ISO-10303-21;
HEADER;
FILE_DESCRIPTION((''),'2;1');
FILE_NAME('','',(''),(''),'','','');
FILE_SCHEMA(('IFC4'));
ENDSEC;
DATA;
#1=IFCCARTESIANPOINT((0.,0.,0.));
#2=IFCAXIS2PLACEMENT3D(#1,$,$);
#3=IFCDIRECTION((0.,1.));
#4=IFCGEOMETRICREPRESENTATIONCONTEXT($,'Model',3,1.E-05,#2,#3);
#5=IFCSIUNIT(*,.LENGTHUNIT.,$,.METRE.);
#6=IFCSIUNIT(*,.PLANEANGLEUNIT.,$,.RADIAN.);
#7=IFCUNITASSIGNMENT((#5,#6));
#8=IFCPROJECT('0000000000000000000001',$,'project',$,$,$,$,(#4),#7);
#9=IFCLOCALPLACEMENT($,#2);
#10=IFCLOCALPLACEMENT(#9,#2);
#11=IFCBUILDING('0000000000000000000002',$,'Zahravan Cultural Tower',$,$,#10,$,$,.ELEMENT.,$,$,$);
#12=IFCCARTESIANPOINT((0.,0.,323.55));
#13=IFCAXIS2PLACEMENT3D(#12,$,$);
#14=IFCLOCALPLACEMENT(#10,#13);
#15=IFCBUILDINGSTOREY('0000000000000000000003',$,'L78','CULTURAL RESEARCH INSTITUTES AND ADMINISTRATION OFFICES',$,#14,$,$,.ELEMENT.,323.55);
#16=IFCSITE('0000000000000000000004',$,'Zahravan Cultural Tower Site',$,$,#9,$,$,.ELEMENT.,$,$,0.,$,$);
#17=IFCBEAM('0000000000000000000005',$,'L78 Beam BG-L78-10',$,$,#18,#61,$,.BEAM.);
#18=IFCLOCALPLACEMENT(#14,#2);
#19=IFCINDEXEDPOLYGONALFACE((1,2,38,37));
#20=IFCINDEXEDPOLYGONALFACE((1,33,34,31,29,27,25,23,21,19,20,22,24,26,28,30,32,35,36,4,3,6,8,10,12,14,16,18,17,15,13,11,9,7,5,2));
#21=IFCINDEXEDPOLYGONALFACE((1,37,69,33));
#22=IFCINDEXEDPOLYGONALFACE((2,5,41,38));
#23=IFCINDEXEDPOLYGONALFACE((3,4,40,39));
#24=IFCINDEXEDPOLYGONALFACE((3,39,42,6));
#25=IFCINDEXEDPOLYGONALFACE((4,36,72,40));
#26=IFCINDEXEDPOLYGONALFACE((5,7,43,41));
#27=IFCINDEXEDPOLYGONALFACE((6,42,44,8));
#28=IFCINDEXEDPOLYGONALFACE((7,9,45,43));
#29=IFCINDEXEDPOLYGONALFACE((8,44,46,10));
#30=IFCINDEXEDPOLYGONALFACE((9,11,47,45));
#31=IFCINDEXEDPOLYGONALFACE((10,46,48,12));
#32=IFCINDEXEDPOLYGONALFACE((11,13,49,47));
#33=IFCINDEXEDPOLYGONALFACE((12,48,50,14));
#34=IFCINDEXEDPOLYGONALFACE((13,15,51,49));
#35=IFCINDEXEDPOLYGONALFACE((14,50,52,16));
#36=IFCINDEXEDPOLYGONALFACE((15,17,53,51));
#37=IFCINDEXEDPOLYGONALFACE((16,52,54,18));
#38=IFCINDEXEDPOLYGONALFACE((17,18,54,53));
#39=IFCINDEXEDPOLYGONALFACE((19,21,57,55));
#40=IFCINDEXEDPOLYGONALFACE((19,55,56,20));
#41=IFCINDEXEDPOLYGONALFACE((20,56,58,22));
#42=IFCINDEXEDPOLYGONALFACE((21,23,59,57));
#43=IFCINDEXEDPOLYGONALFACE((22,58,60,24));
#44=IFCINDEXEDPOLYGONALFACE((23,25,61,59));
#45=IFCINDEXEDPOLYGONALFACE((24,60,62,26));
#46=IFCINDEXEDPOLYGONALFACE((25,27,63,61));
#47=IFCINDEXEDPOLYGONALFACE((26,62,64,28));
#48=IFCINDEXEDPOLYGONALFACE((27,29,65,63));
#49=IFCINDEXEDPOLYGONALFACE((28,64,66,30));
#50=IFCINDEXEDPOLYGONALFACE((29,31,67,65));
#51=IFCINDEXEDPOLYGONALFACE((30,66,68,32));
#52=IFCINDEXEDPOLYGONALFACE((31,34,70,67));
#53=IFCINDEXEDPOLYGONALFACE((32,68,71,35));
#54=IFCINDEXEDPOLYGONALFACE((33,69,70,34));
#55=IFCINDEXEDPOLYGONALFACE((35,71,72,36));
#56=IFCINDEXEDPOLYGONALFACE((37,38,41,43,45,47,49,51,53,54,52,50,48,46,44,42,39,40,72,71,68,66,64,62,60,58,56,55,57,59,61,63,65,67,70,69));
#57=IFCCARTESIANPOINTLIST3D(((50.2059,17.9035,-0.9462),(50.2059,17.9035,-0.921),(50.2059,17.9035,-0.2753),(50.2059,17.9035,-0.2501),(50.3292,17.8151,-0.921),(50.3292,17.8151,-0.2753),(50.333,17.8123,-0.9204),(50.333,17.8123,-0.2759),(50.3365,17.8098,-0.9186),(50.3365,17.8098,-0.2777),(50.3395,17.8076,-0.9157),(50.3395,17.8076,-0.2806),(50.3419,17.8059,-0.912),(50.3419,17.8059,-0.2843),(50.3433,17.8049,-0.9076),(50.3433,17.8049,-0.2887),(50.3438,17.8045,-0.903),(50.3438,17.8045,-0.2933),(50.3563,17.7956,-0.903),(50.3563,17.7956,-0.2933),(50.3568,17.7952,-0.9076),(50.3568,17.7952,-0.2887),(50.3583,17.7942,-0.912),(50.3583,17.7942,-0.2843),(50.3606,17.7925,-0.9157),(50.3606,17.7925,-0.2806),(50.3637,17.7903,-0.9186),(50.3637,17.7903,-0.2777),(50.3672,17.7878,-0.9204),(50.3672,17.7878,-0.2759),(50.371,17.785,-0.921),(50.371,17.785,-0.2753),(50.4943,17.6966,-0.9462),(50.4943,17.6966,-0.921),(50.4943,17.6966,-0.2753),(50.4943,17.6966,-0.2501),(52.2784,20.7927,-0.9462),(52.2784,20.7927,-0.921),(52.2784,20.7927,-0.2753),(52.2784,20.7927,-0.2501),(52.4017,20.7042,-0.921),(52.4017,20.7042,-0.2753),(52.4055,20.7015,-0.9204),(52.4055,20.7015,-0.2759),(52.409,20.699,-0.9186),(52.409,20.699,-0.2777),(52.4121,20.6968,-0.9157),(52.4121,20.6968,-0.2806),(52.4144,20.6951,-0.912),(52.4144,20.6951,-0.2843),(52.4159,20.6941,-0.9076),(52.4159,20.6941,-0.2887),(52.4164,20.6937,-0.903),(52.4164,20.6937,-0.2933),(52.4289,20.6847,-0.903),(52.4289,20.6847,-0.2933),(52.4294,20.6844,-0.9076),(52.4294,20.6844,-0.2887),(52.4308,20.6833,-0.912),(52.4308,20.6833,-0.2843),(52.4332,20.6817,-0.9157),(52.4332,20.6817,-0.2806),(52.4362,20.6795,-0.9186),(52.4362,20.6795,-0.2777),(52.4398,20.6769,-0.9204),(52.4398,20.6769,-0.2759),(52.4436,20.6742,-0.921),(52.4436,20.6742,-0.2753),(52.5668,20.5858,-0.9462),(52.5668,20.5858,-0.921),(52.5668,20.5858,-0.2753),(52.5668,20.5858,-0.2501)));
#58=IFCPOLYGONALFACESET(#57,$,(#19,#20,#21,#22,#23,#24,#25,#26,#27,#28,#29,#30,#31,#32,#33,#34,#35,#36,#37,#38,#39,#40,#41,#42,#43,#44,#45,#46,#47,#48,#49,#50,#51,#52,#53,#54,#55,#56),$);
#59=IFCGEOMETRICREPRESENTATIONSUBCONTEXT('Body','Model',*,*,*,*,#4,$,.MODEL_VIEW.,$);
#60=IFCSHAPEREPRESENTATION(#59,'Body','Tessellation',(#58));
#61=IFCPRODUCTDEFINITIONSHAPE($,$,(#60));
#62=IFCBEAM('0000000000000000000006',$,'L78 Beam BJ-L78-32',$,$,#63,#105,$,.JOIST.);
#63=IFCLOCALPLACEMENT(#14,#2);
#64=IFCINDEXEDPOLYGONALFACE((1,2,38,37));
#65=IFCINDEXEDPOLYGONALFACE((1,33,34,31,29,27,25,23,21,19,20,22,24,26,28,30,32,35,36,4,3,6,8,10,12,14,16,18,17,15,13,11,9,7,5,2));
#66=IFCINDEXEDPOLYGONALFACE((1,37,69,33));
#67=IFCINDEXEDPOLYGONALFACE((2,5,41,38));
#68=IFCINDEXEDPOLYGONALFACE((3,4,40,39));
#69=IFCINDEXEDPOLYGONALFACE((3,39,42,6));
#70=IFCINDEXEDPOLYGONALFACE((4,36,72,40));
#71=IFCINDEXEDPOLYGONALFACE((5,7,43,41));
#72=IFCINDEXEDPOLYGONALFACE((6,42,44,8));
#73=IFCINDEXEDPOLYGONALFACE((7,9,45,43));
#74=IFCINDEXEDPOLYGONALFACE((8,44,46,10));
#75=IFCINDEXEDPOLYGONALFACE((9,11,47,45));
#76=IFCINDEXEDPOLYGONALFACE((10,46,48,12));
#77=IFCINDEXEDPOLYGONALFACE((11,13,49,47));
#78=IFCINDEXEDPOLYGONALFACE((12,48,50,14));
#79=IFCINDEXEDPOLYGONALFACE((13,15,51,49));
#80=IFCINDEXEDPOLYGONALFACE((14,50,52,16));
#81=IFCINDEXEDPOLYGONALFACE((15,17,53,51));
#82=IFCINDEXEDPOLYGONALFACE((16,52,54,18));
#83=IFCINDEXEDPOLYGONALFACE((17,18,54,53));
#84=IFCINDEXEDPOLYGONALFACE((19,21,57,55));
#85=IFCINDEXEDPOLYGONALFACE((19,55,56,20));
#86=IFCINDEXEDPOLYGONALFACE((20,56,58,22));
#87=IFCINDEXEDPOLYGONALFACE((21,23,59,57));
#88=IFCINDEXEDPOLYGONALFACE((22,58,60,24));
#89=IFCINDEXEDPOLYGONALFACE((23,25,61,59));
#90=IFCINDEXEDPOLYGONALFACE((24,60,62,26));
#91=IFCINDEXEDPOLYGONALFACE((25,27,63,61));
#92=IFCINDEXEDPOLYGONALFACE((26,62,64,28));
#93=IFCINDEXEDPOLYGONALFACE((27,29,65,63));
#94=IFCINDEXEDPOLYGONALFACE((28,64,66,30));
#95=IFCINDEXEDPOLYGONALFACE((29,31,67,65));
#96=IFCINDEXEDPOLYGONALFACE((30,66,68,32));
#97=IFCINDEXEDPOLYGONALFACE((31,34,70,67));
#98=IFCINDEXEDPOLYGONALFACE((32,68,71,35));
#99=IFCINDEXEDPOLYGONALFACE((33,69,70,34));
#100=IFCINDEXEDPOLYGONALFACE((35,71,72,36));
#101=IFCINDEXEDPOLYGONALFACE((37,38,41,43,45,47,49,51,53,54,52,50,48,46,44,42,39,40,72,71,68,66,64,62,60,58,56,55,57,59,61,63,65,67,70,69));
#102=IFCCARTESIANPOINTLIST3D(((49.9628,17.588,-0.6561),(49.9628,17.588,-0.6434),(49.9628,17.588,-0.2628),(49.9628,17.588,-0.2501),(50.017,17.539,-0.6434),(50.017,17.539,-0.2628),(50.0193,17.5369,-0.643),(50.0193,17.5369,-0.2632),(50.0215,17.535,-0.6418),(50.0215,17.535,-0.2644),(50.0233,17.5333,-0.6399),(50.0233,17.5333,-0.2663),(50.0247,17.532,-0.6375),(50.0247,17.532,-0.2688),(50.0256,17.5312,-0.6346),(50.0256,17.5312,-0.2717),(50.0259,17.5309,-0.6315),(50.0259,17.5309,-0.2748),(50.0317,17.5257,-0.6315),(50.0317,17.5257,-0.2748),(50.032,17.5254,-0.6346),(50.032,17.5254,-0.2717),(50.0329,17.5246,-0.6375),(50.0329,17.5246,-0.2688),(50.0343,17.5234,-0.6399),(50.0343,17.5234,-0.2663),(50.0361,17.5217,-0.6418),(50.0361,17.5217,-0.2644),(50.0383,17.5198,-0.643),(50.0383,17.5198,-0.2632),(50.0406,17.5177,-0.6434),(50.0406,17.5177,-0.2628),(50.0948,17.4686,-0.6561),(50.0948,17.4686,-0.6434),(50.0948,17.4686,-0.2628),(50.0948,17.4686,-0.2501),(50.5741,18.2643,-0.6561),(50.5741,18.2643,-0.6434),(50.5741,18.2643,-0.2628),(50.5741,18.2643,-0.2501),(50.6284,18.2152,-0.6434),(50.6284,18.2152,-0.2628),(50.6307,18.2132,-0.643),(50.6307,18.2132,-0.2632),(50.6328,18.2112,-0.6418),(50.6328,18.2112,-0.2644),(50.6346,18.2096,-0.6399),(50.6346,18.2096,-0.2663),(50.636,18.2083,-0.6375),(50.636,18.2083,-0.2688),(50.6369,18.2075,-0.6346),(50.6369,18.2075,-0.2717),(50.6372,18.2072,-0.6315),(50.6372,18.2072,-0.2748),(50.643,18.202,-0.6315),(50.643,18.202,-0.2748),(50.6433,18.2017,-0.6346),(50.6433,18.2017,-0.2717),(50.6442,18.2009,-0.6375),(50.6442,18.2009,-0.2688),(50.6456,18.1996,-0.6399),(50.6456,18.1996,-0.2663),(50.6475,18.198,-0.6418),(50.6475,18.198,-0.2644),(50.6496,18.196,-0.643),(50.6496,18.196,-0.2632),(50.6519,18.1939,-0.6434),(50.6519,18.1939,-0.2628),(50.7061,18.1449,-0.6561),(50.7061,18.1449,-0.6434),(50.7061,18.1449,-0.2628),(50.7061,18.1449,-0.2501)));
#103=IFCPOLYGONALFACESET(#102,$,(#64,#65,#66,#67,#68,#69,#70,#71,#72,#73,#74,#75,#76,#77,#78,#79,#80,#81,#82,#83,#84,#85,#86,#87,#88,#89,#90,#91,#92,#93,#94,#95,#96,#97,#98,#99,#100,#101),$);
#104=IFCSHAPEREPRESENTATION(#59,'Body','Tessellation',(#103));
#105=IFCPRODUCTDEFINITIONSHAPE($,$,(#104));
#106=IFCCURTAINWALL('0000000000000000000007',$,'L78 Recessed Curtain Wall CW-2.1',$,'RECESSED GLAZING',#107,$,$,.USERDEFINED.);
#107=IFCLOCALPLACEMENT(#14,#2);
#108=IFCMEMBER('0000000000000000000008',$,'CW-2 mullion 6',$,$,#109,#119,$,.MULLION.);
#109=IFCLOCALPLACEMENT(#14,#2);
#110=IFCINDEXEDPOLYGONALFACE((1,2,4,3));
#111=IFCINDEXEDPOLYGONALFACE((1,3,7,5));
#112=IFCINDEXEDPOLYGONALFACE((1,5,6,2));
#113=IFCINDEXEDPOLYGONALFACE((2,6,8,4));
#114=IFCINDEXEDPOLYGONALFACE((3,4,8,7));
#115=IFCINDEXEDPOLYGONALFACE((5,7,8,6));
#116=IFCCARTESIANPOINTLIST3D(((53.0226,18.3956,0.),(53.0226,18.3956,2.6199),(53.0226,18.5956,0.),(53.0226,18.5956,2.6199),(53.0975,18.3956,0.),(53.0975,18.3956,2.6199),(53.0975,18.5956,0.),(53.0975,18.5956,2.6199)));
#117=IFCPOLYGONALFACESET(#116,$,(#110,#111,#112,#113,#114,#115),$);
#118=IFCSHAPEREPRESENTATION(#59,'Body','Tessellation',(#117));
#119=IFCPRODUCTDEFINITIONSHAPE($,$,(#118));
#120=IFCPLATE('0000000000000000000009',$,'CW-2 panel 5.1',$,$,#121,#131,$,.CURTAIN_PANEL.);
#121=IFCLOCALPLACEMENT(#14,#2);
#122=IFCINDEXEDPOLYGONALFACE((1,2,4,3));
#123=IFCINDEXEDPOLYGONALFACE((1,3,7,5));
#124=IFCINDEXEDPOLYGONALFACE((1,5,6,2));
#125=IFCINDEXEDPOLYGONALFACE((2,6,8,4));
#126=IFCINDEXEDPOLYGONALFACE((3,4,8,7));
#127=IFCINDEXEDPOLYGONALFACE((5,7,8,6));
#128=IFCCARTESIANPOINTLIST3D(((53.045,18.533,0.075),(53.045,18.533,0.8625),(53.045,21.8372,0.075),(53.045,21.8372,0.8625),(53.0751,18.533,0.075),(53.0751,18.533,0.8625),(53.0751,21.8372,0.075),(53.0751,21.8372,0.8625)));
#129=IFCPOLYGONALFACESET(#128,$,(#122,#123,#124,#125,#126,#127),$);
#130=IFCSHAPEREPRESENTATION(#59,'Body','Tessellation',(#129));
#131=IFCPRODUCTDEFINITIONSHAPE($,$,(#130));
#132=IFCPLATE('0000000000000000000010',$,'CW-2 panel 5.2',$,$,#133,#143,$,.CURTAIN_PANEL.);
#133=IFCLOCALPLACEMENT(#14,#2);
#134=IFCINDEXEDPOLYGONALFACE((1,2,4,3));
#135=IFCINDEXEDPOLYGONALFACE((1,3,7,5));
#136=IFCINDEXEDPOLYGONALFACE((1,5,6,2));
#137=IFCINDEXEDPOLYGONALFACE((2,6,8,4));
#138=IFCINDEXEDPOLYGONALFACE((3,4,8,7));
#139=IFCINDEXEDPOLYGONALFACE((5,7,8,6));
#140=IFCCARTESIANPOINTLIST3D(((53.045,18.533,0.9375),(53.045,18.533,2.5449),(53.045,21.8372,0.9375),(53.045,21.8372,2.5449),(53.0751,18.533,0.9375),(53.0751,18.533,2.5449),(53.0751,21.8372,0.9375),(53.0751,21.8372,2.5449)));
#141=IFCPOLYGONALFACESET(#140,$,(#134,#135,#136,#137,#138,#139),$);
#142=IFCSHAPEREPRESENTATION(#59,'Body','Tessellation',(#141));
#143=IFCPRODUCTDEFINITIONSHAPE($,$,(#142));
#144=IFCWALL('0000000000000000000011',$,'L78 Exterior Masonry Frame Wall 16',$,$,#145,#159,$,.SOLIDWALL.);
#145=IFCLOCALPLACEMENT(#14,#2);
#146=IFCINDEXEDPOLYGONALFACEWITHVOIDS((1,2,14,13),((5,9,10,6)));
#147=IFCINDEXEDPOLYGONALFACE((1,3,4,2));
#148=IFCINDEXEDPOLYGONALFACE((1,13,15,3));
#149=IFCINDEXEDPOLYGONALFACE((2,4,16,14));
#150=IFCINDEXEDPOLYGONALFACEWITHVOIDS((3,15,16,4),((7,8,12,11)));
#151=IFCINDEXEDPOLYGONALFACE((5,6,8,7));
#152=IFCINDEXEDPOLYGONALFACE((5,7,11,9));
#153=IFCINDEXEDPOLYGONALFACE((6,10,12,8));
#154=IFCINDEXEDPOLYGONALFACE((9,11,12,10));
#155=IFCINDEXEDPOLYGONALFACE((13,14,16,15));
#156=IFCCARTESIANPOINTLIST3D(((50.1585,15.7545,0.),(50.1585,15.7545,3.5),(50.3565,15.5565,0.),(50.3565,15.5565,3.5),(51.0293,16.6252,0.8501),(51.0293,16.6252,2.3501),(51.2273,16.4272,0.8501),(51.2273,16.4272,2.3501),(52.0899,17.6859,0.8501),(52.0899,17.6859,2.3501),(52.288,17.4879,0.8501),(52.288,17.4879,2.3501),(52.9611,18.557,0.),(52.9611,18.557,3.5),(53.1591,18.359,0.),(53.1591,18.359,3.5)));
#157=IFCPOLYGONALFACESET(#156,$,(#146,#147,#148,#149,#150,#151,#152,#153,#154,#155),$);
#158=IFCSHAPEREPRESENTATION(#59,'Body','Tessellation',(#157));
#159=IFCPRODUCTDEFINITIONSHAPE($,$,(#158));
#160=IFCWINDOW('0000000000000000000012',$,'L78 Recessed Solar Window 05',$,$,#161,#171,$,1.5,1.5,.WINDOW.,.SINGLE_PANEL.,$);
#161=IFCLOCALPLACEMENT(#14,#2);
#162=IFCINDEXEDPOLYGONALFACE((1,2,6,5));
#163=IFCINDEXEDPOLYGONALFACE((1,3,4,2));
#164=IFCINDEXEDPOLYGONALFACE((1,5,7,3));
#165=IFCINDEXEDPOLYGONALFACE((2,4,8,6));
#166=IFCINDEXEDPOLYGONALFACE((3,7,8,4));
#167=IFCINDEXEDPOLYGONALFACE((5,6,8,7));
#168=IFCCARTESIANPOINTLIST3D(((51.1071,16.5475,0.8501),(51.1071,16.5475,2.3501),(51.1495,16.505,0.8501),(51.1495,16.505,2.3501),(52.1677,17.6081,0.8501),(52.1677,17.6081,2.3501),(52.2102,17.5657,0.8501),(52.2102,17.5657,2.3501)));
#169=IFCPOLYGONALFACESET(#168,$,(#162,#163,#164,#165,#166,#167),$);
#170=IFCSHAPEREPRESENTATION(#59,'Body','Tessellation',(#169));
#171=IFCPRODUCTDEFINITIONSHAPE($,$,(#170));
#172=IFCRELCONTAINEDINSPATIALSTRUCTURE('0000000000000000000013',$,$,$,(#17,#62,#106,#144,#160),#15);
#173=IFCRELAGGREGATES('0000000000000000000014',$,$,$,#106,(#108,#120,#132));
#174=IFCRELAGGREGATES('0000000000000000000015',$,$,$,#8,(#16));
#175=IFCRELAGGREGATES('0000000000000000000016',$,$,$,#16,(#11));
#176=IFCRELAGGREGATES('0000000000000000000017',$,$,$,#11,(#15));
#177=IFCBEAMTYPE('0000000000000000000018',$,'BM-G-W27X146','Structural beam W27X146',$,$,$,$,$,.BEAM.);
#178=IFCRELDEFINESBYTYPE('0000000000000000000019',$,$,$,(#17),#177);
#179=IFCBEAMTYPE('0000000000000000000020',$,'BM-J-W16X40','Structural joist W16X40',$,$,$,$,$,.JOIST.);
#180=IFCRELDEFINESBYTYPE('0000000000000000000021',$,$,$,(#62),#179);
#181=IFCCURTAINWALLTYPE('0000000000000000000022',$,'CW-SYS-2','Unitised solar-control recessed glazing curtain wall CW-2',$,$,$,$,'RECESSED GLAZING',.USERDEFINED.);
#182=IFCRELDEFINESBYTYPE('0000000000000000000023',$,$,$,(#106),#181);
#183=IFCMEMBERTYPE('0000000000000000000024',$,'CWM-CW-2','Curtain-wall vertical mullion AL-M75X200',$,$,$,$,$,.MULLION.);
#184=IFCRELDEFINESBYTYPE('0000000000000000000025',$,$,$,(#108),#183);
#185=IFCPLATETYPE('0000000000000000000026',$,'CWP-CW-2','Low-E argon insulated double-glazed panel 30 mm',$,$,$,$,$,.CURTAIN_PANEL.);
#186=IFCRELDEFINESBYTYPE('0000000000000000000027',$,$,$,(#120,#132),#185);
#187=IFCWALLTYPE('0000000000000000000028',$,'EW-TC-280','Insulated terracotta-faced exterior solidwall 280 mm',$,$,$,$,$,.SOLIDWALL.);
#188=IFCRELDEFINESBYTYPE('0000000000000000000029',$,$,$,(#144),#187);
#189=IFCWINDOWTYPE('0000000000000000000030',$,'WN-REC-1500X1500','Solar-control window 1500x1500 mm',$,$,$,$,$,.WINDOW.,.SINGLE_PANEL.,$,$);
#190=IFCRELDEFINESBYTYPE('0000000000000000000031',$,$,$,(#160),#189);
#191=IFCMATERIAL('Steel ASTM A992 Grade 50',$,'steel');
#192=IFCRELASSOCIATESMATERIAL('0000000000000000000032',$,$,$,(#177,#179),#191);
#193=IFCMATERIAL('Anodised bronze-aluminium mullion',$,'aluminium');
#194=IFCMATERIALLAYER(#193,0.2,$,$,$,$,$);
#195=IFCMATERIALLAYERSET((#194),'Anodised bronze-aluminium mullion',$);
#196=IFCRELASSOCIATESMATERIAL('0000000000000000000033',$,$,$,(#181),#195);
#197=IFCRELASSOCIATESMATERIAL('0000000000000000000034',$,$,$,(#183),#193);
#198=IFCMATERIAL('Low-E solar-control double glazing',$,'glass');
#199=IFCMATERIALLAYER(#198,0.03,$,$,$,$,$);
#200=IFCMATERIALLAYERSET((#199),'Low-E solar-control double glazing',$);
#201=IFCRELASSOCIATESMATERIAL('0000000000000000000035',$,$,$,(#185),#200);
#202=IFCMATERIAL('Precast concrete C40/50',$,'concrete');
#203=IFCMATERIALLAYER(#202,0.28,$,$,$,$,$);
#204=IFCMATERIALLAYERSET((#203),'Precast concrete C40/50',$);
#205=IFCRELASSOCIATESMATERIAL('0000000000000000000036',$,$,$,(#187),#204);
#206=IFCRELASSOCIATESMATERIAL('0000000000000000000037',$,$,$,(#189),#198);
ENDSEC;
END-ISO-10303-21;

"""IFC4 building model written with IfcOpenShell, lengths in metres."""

from ifc_helpers import new_model, si_unit, direction, frame, frame_2d, origin, origin_2d, place, context, subcontext, project, spatial, rectangle, i_section, extrude, source, transform, mapped, material, layer, layer_set, material_profile, profile_set, type_object, element, fill, aggregate, save


model = new_model("IFC4")

# Units and contexts
model_context = context("Model", 3, precision=1e-05, world=origin(), true_north=direction((0.0, 1.0)))
body_context = subcontext(model_context, "Body", "Model", "MODEL_VIEW")
ifc_project = project(units=[si_unit("LENGTHUNIT", "METRE"), si_unit("PLANEANGLEUNIT", "RADIAN")], contexts=[model_context])

# Site, building, storey
site_placement = place(None, origin())
site = spatial("IfcSite", under=ifc_project, at=site_placement, Name="Zahravan Cultural Tower Site", CompositionType="ELEMENT", RefElevation=0.0)
building_placement = place(site_placement, origin())
building = spatial("IfcBuilding", under=site, at=building_placement, Name="Zahravan Cultural Tower", CompositionType="ELEMENT")
storey_placement = place(building_placement, frame((0.0, 0.0, 323.55)))
storey = spatial("IfcBuildingStorey", under=building, at=storey_placement, Name="L78", Description="CULTURAL RESEARCH INSTITUTES AND ADMINISTRATION OFFICES", CompositionType="ELEMENT", Elevation=323.55)

# Shared definitions
ifc_material_1 = material(Name="Steel ASTM A992 Grade 50", Category="steel")

# Beams
ifc_material_profile_1 = material_profile(ifc_material_1, i_section(OverallWidth=0.355, OverallDepth=0.696, WebThickness=0.0154, FlangeThickness=0.0251, FilletRadius=0.0181, at=origin_2d()), Name="W27X146")
ifc_profile_set_1 = profile_set([ifc_material_profile_1], Name="Steel ASTM A992 Grade 50")
beam_type_1 = type_object("IfcBeamType", Name="BM-G-W27X146", Description="Structural beam W27X146", PredefinedType="BEAM", material=ifc_profile_set_1)
shared_shape_1 = source(origin(), body_context, "Body", "SweptSolid", [
    extrude(i_section(OverallWidth=0.355, OverallDepth=0.696, WebThickness=0.0154, FlangeThickness=0.0251, FilletRadius=0.0181, at=origin_2d()), origin(), (0.0, 0.0, 1.0), 3.5557),
])
beam_1_placement = place(storey_placement, frame((50.3501, 17.8, -0.5981), z_axis=(0.58288, 0.812558, 0.0), x_axis=(-0.812558, 0.58288, 0.0)))
element("IfcBeam", 1, at=beam_1_placement, inside=storey, type_object=beam_type_1, Name="L78 Beam BG-L78-10", PredefinedType="BEAM", context=body_context, shape_type="MappedRepresentation", body=[
    mapped(shared_shape_1, transform((0.0, 0.0, 0.0), x_axis=(1.0, 0.0, 0.0), y_axis=(0.0, 1.0, 0.0), z_axis=(0.0, 0.0, 1.0), scale=1.0)),
])
ifc_material_profile_2 = material_profile(ifc_material_1, i_section(OverallWidth=0.178, OverallDepth=0.406, WebThickness=0.0078, FlangeThickness=0.0127, FilletRadius=0.012, at=origin_2d()), Name="W16X40")
ifc_profile_set_2 = profile_set([ifc_material_profile_2], Name="Steel ASTM A992 Grade 50")
beam_type_2 = type_object("IfcBeamType", Name="BM-J-W16X40", Description="Structural joist W16X40", PredefinedType="JOIST", material=ifc_profile_set_2)
shared_shape_2 = source(origin(), body_context, "Body", "SweptSolid", [
    extrude(i_section(OverallWidth=0.178, OverallDepth=0.406, WebThickness=0.0078, FlangeThickness=0.0127, FilletRadius=0.012, at=origin_2d()), origin(), (0.0, 0.0, 1.0), 0.9116),
])
beam_2_placement = place(storey_placement, frame((50.0288, 17.5283, -0.4531), z_axis=(0.670591, 0.741828, 0.0), x_axis=(-0.741828, 0.670591, 0.0)))
element("IfcBeam", 2, at=beam_2_placement, inside=storey, type_object=beam_type_2, Name="L78 Beam BJ-L78-32", PredefinedType="JOIST", context=body_context, shape_type="MappedRepresentation", body=[
    mapped(shared_shape_2, transform((0.0, 0.0, 0.0), x_axis=(1.0, 0.0, 0.0), y_axis=(0.0, 1.0, 0.0), z_axis=(0.0, 0.0, 1.0), scale=1.0)),
])

# Curtain wall, member, plates
ifc_material_2 = material(Name="Anodised bronze-aluminium mullion", Category="aluminium")
ifc_layer_1 = layer(ifc_material_2, 0.2)
ifc_layer_set_1 = layer_set([ifc_layer_1], Name="Anodised bronze-aluminium mullion")
curtain_wall_type = type_object("IfcCurtainWallType", Name="CW-SYS-2", Description="Unitised solar-control recessed glazing curtain wall CW-2", ElementType="RECESSED GLAZING", PredefinedType="USERDEFINED", material=ifc_layer_set_1)
curtain_wall_placement = place(storey_placement, origin())
curtain_wall = element("IfcCurtainWall", 3, at=curtain_wall_placement, inside=storey, type_object=curtain_wall_type, Name="L78 Recessed Curtain Wall CW-2.1", ObjectType="RECESSED GLAZING", PredefinedType="USERDEFINED")
ifc_material_profile_3 = material_profile(ifc_material_2, rectangle(XDim=0.075, YDim=0.2, at=origin_2d()), Name="AL-M75X200")
ifc_profile_set_3 = profile_set([ifc_material_profile_3], Name="Anodised bronze-aluminium mullion")
member_type = type_object("IfcMemberType", Name="CWM-CW-2", Description="Curtain-wall vertical mullion AL-M75X200", PredefinedType="MULLION", material=ifc_profile_set_3)
shared_shape_3 = source(origin(), body_context, "Body", "SweptSolid", [
    extrude(rectangle(XDim=0.075, YDim=0.2, at=origin_2d()), origin(), (0.0, 0.0, 1.0), 2.6199),
])
member_placement = place(storey_placement, frame((53.0601, 18.4956, 0.0), z_axis=(0.0, 0.0, 1.0), x_axis=(1.0, 0.0, 0.0)))
member = element("IfcMember", 4, at=member_placement, type_object=member_type, Name="CW-2 mullion 6", PredefinedType="MULLION", context=body_context, shape_type="MappedRepresentation", body=[
    mapped(shared_shape_3, transform((0.0, 0.0, 0.0), x_axis=(1.0, 0.0, 0.0), y_axis=(0.0, 1.0, 0.0), z_axis=(0.0, 0.0, 1.0), scale=1.0)),
])
ifc_material_3 = material(Name="Low-E solar-control double glazing", Category="glass")
ifc_layer_2 = layer(ifc_material_3, 0.03)
ifc_layer_set_2 = layer_set([ifc_layer_2], Name="Low-E solar-control double glazing")
plate_type = type_object("IfcPlateType", Name="CWP-CW-2", Description="Low-E argon insulated double-glazed panel 30 mm", PredefinedType="CURTAIN_PANEL", material=ifc_layer_set_2)
shared_shape_4 = source(origin(), body_context, "Body", "SweptSolid", [
    extrude(rectangle(XDim=3.3042, YDim=0.03, at=origin_2d()), origin(), (0.0, 0.0, 1.0), 0.7876),
])
plate_1_placement = place(storey_placement, frame((53.0601, 20.1851, 0.075), z_axis=(0.0, 0.0, 1.0), x_axis=(0.0, -1.0, 0.0)))
plate_1 = element("IfcPlate", 5, at=plate_1_placement, type_object=plate_type, Name="CW-2 panel 5.1", PredefinedType="CURTAIN_PANEL", context=body_context, shape_type="MappedRepresentation", body=[
    mapped(shared_shape_4, transform((0.0, 0.0, 0.0), x_axis=(1.0, 0.0, 0.0), y_axis=(0.0, 1.0, 0.0), z_axis=(0.0, 0.0, 1.0), scale=1.0)),
])
shared_shape_5 = source(origin(), body_context, "Body", "SweptSolid", [
    extrude(rectangle(XDim=3.3042, YDim=0.03, at=origin_2d()), origin(), (0.0, 0.0, 1.0), 1.6074),
])
plate_2_placement = place(storey_placement, frame((53.0601, 20.1851, 0.9375), z_axis=(0.0, 0.0, 1.0), x_axis=(0.0, -1.0, 0.0)))
plate_2 = element("IfcPlate", 6, at=plate_2_placement, type_object=plate_type, Name="CW-2 panel 5.2", PredefinedType="CURTAIN_PANEL", context=body_context, shape_type="MappedRepresentation", body=[
    mapped(shared_shape_5, transform((0.0, 0.0, 0.0), x_axis=(1.0, 0.0, 0.0), y_axis=(0.0, 1.0, 0.0), z_axis=(0.0, 0.0, 1.0), scale=1.0)),
])
aggregate(curtain_wall, [member, plate_1, plate_2])

# Wall, opening, window
ifc_material_4 = material(Name="Precast concrete C40/50", Category="concrete")
ifc_layer_3 = layer(ifc_material_4, 0.28)
ifc_layer_set_3 = layer_set([ifc_layer_3], Name="Precast concrete C40/50")
wall_type_1 = type_object("IfcWallType", Name="EW-TC-280", Description="Insulated terracotta-faced exterior solidwall 280 mm", PredefinedType="SOLIDWALL", material=ifc_layer_set_3)
wall_1_placement = place(storey_placement, frame((53.0601, 18.458, 0.0), z_axis=(0.0, 0.0, 1.0), x_axis=(-0.707107, -0.707107, 0.0)))
wall_1 = element("IfcWall", 7, at=wall_1_placement, inside=storey, type_object=wall_type_1, Name="L78 Exterior Masonry Frame Wall 16", PredefinedType="SOLIDWALL", context=body_context, shape_type="SweptSolid", body=[
    extrude(rectangle(XDim=3.9634, YDim=0.28, at=frame_2d((1.9817, 0.0))), origin(), (0.0, 0.0, 1.0), 3.5),
])
opening_1_placement = place(wall_1_placement, frame((1.2319, 0.0, 0.8501)))
opening_1 = element("IfcOpeningElement", 8, at=opening_1_placement, cuts=wall_1, PredefinedType="OPENING", context=body_context, shape_type="SweptSolid", body=[
    extrude(rectangle(XDim=1.5, YDim=1.5, at=frame_2d((0.75, 0.75))), frame((0.0, 0.1499, 0.0), z_axis=(0.0, -1.0, 0.0), x_axis=(1.0, 0.0, 0.0)), (0.0, 0.0, 1.0), 0.3),
])
window_type = type_object("IfcWindowType", Name="WN-REC-1500X1500", Description="Solar-control window 1500x1500 mm", PartitioningType="SINGLE_PANEL", PredefinedType="WINDOW", material=ifc_material_3)
shared_shape_6 = source(origin(), body_context, "Body", "SweptSolid", [
    extrude(rectangle(XDim=1.5, YDim=1.5, at=frame_2d((0.75, 0.75))), frame((0.0, 0.03, 0.0), z_axis=(0.0, -1.0, 0.0), x_axis=(1.0, 0.0, 0.0)), (0.0, 0.0, 1.0), 0.0601),
])
window_1_placement = place(opening_1_placement, origin())
window_1 = element("IfcWindow", 9, at=window_1_placement, inside=storey, type_object=window_type, Name="L78 Recessed Solar Window 05", OverallHeight=1.5, OverallWidth=1.5, PartitioningType="SINGLE_PANEL", PredefinedType="WINDOW", context=body_context, shape_type="MappedRepresentation", body=[
    mapped(shared_shape_6, transform((0.0, 0.0, 0.0), x_axis=(1.0, 0.0, 0.0), y_axis=(0.0, 1.0, 0.0), z_axis=(0.0, 0.0, 1.0), scale=1.0)),
])
fill(opening_1, window_1)

save(model, "model.ifc")
